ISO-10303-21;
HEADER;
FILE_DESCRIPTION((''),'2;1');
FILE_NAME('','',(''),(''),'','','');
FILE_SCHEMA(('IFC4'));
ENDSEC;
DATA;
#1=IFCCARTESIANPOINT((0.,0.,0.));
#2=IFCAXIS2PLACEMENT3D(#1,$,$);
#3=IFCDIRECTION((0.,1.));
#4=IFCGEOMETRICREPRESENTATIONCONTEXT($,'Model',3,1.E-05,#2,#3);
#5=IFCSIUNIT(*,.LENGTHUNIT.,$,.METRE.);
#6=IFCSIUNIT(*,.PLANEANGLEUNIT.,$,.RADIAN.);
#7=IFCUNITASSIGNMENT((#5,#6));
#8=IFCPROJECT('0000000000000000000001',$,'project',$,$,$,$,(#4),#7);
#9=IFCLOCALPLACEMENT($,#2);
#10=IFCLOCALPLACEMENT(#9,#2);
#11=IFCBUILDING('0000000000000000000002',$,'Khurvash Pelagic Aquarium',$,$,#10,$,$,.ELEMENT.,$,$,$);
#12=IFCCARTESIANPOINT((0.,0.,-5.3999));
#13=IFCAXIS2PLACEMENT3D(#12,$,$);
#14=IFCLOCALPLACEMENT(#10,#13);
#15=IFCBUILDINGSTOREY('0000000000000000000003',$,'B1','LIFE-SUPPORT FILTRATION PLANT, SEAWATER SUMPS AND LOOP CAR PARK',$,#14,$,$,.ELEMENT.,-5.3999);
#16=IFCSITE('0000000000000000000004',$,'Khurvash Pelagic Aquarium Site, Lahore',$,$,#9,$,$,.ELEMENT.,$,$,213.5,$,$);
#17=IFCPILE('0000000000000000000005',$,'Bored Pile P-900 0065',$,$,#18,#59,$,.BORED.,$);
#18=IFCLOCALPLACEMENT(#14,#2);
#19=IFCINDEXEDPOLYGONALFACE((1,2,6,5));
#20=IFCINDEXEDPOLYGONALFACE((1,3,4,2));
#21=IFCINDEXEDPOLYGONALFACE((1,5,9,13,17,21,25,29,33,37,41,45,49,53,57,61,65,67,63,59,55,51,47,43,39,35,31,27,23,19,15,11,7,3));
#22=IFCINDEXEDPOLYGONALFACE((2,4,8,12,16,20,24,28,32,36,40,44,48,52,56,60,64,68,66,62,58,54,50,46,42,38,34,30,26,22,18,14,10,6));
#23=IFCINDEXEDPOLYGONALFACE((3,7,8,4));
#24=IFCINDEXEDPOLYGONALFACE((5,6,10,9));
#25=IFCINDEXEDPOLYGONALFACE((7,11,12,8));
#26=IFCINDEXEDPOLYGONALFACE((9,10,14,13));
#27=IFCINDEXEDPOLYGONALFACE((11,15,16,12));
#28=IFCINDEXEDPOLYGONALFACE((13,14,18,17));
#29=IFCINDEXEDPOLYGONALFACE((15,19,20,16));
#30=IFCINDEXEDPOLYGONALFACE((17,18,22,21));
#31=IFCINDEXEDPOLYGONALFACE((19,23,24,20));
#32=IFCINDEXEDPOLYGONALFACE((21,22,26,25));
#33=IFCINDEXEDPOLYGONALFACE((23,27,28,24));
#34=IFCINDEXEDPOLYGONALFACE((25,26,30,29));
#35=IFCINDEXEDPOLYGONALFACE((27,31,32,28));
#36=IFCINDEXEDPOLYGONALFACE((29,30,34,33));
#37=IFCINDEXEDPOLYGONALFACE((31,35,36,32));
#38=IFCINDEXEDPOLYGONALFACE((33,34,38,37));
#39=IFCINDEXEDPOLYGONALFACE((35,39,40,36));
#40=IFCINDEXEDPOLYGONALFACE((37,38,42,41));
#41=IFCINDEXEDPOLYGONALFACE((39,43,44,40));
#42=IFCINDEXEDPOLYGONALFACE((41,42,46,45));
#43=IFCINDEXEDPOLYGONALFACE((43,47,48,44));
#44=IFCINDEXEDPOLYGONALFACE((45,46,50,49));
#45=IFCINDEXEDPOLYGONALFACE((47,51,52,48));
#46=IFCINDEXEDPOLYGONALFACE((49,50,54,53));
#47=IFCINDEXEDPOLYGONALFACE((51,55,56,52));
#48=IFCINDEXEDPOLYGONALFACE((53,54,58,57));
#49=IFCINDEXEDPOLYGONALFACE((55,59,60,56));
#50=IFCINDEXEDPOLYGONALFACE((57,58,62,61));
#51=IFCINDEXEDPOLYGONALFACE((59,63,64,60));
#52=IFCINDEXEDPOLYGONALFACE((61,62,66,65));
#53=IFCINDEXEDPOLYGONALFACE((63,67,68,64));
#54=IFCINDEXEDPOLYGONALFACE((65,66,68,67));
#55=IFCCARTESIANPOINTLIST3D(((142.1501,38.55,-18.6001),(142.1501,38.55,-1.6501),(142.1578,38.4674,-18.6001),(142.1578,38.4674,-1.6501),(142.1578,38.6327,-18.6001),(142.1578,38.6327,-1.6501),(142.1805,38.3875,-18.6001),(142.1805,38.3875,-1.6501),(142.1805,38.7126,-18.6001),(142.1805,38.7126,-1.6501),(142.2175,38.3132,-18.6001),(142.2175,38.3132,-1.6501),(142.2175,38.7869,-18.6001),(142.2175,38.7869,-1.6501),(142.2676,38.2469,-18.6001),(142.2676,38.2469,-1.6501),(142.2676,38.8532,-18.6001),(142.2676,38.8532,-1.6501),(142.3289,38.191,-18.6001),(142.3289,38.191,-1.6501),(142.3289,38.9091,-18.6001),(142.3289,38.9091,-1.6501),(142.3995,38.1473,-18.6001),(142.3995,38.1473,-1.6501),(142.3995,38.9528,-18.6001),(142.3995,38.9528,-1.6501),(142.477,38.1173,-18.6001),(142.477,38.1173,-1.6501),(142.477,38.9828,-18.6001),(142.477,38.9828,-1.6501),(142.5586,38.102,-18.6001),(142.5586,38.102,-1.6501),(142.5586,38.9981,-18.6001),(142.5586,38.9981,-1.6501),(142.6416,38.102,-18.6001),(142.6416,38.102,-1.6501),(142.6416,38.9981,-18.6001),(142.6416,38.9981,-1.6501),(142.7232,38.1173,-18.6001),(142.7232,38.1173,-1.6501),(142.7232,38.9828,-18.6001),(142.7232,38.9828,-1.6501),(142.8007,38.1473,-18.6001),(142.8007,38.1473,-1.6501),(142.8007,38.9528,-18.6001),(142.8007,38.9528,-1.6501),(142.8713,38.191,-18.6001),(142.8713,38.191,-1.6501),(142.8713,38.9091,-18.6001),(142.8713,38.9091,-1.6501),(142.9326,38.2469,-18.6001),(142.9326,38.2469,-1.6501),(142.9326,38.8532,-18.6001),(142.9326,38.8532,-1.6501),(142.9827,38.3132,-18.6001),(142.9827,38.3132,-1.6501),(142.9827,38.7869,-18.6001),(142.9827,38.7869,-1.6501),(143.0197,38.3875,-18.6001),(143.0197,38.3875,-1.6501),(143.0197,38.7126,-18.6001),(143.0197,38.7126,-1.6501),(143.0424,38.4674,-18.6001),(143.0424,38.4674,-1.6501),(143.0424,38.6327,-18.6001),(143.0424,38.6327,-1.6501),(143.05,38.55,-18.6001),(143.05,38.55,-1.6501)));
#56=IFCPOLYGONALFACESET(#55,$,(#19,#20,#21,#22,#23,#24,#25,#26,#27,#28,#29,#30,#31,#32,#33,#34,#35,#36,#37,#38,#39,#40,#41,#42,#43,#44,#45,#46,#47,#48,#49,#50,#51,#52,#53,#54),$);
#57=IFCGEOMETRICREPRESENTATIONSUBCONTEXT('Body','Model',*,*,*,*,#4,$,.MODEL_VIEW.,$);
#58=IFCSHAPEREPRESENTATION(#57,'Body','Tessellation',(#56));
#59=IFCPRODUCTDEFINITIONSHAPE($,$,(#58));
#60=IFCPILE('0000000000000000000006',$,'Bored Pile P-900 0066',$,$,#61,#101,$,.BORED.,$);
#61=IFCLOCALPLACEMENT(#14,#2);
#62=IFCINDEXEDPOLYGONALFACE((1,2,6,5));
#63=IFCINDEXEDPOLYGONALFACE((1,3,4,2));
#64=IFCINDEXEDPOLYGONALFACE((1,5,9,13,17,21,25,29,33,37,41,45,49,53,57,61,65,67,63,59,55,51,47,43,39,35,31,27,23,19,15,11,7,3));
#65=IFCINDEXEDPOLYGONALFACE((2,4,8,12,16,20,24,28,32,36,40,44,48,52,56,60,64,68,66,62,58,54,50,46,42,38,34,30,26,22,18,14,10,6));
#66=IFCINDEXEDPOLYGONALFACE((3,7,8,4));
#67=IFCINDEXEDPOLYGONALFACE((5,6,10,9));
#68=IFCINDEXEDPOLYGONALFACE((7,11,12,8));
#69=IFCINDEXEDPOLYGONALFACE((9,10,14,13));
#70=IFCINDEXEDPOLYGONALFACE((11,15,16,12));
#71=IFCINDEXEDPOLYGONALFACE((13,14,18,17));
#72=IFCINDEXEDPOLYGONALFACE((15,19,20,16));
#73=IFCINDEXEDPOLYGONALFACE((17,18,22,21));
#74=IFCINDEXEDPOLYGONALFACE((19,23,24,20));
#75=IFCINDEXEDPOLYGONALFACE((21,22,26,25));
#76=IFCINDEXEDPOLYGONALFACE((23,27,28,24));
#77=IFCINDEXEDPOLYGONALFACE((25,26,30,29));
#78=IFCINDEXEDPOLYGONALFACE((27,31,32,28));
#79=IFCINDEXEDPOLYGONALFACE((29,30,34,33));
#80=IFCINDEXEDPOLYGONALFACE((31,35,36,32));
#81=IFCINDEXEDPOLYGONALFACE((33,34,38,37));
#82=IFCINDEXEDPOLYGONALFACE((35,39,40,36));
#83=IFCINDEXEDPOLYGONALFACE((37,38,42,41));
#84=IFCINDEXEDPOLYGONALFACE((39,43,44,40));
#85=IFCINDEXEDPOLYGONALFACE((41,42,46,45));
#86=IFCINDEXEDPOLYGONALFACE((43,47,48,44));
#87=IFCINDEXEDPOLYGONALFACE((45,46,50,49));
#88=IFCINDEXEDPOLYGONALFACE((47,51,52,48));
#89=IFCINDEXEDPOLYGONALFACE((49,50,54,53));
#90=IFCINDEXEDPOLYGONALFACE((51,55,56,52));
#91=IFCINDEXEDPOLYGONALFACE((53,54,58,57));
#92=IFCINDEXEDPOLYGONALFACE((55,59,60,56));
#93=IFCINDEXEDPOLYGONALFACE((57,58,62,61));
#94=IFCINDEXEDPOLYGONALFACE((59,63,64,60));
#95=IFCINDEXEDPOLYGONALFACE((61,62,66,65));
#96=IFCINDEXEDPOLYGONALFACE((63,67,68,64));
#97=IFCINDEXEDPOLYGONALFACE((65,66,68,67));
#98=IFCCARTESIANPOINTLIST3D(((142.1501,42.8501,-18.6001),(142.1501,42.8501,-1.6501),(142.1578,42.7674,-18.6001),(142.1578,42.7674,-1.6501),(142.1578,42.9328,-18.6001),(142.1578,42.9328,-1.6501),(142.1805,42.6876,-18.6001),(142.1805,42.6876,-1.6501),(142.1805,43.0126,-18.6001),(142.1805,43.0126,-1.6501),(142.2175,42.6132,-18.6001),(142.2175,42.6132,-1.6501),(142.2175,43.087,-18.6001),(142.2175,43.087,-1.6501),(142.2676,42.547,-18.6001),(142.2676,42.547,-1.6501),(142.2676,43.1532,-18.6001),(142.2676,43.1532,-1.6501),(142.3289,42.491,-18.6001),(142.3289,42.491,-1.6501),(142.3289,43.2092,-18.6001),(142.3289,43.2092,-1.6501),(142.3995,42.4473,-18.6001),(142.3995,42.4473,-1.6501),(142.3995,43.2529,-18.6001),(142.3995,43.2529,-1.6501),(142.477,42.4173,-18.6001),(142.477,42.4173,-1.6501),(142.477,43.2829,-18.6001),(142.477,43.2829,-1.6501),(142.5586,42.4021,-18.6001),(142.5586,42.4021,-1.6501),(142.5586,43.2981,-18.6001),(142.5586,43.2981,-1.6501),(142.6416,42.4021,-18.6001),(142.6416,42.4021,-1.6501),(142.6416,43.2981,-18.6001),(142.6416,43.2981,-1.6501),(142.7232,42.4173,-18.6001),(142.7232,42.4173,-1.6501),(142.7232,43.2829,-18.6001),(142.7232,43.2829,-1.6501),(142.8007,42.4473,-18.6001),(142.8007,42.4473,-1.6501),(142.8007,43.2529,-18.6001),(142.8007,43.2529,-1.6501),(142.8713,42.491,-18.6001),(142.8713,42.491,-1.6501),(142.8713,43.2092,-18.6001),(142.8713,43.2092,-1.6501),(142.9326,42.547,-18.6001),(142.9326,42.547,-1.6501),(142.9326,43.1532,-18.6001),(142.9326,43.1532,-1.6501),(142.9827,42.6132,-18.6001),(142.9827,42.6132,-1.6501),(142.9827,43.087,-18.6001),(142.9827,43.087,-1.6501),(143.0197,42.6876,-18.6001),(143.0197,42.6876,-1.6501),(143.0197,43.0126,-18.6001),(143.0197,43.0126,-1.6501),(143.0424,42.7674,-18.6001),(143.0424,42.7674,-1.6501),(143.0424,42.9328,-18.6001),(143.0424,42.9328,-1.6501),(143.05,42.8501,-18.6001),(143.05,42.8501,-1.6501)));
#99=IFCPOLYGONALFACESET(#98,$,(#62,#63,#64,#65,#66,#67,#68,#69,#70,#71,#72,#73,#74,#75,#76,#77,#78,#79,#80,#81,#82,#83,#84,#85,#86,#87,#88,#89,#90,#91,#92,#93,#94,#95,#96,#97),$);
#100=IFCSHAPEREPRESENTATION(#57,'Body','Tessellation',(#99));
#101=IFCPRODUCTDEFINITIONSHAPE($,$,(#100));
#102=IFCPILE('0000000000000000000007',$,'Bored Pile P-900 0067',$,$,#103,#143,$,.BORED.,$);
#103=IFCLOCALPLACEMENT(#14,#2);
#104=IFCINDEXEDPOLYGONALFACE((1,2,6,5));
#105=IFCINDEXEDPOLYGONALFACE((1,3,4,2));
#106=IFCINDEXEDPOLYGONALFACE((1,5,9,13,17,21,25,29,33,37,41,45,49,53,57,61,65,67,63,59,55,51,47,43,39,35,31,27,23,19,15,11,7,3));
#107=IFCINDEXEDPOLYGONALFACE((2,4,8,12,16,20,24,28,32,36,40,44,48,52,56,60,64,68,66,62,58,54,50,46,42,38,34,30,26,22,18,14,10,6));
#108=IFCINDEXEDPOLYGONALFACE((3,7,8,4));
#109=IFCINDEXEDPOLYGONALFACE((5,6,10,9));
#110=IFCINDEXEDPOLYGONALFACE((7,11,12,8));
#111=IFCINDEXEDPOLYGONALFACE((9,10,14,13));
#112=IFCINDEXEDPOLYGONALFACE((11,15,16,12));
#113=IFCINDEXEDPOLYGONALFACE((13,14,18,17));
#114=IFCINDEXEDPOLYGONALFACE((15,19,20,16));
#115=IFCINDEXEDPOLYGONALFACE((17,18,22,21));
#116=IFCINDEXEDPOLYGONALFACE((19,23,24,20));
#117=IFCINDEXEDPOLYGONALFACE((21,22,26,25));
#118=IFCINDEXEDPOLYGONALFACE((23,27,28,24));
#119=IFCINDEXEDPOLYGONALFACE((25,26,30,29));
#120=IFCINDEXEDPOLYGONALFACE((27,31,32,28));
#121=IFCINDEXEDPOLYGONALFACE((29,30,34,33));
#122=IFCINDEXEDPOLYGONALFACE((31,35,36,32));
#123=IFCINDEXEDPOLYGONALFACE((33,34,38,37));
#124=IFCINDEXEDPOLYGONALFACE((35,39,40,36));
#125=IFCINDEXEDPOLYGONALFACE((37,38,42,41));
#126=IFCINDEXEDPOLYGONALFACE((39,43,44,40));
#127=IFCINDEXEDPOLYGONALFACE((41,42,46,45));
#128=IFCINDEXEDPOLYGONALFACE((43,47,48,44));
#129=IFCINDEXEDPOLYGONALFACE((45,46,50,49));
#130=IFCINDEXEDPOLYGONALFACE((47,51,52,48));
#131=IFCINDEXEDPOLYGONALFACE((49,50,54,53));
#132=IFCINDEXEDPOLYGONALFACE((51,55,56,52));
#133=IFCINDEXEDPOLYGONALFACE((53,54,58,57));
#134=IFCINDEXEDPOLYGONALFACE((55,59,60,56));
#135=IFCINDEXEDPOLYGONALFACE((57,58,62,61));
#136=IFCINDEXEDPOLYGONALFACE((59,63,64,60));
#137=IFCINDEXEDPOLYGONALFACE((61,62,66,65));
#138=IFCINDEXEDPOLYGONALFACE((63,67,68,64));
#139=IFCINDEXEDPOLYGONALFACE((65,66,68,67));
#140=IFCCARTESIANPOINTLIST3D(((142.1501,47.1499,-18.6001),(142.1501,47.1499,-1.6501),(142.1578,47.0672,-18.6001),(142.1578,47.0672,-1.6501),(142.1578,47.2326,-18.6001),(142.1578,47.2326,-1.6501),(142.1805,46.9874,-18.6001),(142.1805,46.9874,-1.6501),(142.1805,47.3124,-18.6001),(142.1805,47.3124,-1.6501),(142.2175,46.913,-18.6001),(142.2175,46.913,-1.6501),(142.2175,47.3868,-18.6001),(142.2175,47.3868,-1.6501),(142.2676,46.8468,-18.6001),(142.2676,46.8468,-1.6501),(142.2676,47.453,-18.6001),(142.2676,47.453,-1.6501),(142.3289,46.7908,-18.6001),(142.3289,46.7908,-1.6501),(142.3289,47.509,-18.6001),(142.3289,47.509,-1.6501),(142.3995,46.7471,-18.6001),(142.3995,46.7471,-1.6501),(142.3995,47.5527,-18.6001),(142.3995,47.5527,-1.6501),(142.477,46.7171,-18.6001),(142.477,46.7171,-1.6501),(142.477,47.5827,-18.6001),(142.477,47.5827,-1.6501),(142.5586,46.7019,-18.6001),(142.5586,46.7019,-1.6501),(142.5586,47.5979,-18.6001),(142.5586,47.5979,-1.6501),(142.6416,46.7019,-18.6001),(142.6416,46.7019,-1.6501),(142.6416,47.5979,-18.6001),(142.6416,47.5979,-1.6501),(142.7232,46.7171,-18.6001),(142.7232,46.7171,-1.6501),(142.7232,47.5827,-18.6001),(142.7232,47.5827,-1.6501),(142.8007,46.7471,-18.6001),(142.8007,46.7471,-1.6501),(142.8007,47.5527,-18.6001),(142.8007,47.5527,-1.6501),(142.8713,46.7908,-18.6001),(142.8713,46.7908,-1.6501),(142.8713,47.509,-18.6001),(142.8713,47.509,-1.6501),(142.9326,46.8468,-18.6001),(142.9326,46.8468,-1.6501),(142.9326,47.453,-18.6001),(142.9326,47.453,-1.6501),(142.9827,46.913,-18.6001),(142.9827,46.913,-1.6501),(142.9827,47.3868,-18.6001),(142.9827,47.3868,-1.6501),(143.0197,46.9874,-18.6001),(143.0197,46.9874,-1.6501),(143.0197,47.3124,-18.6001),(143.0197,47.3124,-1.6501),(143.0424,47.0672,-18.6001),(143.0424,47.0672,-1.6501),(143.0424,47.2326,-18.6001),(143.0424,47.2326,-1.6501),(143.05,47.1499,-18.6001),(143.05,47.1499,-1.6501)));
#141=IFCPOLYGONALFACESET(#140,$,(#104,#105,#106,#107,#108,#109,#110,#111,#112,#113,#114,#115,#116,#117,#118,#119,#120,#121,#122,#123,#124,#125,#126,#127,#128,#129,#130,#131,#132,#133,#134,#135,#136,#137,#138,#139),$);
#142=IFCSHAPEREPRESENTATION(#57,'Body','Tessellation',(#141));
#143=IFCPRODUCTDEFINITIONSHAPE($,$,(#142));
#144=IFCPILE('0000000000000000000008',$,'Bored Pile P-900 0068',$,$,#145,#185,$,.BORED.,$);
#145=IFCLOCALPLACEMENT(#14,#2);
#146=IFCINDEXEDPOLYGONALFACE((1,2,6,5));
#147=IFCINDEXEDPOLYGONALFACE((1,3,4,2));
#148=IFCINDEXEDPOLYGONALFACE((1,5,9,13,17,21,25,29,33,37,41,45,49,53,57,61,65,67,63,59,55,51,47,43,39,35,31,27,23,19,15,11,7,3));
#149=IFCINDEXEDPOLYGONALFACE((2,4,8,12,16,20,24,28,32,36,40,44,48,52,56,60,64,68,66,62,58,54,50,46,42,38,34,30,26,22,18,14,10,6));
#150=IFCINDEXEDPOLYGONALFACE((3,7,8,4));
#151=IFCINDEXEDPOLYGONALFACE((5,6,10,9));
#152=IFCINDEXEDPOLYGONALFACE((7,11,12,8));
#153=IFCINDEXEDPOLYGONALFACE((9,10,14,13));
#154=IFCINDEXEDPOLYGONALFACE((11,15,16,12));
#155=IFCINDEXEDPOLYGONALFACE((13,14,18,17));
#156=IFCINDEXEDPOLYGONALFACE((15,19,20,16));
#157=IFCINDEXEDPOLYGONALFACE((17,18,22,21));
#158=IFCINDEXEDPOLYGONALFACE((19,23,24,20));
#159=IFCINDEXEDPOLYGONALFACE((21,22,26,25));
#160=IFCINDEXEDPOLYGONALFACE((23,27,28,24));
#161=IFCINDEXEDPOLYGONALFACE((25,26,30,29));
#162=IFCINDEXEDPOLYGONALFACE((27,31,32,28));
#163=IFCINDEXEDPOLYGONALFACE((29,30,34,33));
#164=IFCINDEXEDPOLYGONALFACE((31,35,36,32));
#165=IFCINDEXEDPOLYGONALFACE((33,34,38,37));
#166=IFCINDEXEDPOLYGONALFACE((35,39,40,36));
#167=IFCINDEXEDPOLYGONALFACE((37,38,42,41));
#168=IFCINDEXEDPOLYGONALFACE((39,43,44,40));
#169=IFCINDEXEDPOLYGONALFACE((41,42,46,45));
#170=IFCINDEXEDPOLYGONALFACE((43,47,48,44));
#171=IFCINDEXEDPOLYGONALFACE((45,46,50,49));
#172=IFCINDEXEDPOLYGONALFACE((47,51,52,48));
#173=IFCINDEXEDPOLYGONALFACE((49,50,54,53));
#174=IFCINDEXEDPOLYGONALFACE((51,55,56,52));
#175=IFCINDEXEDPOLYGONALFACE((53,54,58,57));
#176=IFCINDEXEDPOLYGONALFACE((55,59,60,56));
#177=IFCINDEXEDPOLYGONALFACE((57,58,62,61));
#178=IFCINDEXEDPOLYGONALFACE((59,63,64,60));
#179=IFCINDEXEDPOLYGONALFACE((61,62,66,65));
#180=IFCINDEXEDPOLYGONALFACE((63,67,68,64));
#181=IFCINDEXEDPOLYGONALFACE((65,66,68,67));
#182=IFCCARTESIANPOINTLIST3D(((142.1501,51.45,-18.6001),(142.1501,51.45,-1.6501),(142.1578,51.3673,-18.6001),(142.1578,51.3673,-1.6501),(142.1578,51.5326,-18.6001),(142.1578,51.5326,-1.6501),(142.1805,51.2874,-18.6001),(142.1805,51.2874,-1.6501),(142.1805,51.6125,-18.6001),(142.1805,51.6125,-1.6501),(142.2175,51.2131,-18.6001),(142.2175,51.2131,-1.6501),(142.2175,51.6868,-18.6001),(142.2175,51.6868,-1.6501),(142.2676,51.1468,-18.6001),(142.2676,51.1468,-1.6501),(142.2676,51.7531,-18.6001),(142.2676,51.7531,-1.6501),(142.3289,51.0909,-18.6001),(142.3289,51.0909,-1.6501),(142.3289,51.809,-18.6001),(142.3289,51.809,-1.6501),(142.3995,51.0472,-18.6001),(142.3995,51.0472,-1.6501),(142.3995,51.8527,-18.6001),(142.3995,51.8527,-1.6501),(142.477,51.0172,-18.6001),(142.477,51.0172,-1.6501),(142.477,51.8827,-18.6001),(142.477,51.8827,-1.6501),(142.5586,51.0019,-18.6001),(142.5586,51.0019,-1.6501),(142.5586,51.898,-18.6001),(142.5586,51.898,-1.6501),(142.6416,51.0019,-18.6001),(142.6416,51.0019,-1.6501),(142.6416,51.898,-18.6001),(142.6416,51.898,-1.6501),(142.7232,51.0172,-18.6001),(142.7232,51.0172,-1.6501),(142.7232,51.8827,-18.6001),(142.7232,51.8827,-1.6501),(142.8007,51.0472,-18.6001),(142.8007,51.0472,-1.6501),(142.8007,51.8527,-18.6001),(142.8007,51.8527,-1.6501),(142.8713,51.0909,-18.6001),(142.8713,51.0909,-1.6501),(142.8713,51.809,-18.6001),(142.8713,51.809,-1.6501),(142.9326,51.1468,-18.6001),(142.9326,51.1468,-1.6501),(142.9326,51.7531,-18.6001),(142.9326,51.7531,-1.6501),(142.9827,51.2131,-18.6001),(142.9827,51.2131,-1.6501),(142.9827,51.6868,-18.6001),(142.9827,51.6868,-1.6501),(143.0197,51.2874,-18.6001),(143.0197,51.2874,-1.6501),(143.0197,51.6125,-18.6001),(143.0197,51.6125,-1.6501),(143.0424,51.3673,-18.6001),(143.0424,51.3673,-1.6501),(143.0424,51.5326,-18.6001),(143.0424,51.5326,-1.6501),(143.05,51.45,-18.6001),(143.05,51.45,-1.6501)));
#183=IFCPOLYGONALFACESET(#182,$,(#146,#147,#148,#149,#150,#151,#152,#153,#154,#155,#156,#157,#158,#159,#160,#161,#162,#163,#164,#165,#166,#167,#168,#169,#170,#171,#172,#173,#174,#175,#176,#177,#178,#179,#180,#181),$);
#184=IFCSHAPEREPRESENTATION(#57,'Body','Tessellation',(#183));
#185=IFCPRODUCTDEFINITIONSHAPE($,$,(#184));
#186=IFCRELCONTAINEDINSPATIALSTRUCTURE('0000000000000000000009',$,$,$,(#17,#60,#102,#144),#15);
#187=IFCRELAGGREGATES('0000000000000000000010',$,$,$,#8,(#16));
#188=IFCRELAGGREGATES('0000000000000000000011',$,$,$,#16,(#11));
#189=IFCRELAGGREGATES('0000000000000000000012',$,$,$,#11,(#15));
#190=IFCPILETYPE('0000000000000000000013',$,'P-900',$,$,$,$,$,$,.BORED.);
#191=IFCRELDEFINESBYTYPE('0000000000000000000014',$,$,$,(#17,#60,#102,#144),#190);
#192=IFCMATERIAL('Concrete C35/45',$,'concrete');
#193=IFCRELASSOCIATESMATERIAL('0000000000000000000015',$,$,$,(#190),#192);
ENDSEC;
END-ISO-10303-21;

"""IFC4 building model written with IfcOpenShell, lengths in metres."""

from ifc_helpers import new_model, si_unit, direction, frame, origin, origin_2d, place, context, subcontext, project, spatial, circle, extrude, material, material_profile, profile_set, type_object, element, save


model = new_model("IFC4")

# Units and contexts
model_context = context("Model", 3, precision=1e-05, world=origin(), true_north=direction((0.0, 1.0)))
body_context = subcontext(model_context, "Body", "Model", "MODEL_VIEW")
ifc_project = project(units=[si_unit("LENGTHUNIT", "METRE"), si_unit("PLANEANGLEUNIT", "RADIAN")], contexts=[model_context])

# Site, building, storey
site_placement = place(None, origin())
site = spatial("IfcSite", under=ifc_project, at=site_placement, Name="Khurvash Pelagic Aquarium Site, Lahore", CompositionType="ELEMENT", RefElevation=213.5)
building_placement = place(site_placement, origin())
building = spatial("IfcBuilding", under=site, at=building_placement, Name="Khurvash Pelagic Aquarium", CompositionType="ELEMENT")
storey_placement = place(building_placement, frame((0.0, 0.0, -5.3999)))
storey = spatial("IfcBuildingStorey", under=building, at=storey_placement, Name="B1", Description="LIFE-SUPPORT FILTRATION PLANT, SEAWATER SUMPS AND LOOP CAR PARK", CompositionType="ELEMENT", Elevation=-5.3999)

# Piles
ifc_material_1 = material(Name="Concrete C35/45", Category="concrete")
ifc_material_profile_1 = material_profile(ifc_material_1, circle(Radius=0.45, at=origin_2d()), Name="PILE900")
ifc_profile_set_1 = profile_set([ifc_material_profile_1], Name="Concrete C35/45")
pile_type = type_object("IfcPileType", Name="P-900", PredefinedType="BORED", material=ifc_profile_set_1)
for number, where, z_axis, x_axis, name in (
    (1, (142.6001, 38.55, -1.6501), (0.0, 0.0, -1.0), (1.0, 0.0, 0.0), "Bored Pile P-900 0065"),
    (2, (142.6001, 42.8501, -1.6501), (0.0, 0.0, -1.0), (1.0, 0.0, 0.0), "Bored Pile P-900 0066"),
    (3, (142.6001, 47.1499, -1.6501), (0.0, 0.0, -1.0), (1.0, 0.0, 0.0), "Bored Pile P-900 0067"),
    (4, (142.6001, 51.45, -1.6501), (0.0, 0.0, -1.0), (1.0, 0.0, 0.0), "Bored Pile P-900 0068"),
):
    element("IfcPile", number, at=place(storey_placement, frame(where, z_axis=z_axis, x_axis=x_axis)), inside=storey, type_object=pile_type, Name=name, PredefinedType="BORED", context=body_context, shape_type="SweptSolid", body=[
        extrude(circle(Radius=0.45, at=origin_2d()), origin(), (0.0, 0.0, 1.0), 16.95),
    ])

save(model, "model.ifc")
